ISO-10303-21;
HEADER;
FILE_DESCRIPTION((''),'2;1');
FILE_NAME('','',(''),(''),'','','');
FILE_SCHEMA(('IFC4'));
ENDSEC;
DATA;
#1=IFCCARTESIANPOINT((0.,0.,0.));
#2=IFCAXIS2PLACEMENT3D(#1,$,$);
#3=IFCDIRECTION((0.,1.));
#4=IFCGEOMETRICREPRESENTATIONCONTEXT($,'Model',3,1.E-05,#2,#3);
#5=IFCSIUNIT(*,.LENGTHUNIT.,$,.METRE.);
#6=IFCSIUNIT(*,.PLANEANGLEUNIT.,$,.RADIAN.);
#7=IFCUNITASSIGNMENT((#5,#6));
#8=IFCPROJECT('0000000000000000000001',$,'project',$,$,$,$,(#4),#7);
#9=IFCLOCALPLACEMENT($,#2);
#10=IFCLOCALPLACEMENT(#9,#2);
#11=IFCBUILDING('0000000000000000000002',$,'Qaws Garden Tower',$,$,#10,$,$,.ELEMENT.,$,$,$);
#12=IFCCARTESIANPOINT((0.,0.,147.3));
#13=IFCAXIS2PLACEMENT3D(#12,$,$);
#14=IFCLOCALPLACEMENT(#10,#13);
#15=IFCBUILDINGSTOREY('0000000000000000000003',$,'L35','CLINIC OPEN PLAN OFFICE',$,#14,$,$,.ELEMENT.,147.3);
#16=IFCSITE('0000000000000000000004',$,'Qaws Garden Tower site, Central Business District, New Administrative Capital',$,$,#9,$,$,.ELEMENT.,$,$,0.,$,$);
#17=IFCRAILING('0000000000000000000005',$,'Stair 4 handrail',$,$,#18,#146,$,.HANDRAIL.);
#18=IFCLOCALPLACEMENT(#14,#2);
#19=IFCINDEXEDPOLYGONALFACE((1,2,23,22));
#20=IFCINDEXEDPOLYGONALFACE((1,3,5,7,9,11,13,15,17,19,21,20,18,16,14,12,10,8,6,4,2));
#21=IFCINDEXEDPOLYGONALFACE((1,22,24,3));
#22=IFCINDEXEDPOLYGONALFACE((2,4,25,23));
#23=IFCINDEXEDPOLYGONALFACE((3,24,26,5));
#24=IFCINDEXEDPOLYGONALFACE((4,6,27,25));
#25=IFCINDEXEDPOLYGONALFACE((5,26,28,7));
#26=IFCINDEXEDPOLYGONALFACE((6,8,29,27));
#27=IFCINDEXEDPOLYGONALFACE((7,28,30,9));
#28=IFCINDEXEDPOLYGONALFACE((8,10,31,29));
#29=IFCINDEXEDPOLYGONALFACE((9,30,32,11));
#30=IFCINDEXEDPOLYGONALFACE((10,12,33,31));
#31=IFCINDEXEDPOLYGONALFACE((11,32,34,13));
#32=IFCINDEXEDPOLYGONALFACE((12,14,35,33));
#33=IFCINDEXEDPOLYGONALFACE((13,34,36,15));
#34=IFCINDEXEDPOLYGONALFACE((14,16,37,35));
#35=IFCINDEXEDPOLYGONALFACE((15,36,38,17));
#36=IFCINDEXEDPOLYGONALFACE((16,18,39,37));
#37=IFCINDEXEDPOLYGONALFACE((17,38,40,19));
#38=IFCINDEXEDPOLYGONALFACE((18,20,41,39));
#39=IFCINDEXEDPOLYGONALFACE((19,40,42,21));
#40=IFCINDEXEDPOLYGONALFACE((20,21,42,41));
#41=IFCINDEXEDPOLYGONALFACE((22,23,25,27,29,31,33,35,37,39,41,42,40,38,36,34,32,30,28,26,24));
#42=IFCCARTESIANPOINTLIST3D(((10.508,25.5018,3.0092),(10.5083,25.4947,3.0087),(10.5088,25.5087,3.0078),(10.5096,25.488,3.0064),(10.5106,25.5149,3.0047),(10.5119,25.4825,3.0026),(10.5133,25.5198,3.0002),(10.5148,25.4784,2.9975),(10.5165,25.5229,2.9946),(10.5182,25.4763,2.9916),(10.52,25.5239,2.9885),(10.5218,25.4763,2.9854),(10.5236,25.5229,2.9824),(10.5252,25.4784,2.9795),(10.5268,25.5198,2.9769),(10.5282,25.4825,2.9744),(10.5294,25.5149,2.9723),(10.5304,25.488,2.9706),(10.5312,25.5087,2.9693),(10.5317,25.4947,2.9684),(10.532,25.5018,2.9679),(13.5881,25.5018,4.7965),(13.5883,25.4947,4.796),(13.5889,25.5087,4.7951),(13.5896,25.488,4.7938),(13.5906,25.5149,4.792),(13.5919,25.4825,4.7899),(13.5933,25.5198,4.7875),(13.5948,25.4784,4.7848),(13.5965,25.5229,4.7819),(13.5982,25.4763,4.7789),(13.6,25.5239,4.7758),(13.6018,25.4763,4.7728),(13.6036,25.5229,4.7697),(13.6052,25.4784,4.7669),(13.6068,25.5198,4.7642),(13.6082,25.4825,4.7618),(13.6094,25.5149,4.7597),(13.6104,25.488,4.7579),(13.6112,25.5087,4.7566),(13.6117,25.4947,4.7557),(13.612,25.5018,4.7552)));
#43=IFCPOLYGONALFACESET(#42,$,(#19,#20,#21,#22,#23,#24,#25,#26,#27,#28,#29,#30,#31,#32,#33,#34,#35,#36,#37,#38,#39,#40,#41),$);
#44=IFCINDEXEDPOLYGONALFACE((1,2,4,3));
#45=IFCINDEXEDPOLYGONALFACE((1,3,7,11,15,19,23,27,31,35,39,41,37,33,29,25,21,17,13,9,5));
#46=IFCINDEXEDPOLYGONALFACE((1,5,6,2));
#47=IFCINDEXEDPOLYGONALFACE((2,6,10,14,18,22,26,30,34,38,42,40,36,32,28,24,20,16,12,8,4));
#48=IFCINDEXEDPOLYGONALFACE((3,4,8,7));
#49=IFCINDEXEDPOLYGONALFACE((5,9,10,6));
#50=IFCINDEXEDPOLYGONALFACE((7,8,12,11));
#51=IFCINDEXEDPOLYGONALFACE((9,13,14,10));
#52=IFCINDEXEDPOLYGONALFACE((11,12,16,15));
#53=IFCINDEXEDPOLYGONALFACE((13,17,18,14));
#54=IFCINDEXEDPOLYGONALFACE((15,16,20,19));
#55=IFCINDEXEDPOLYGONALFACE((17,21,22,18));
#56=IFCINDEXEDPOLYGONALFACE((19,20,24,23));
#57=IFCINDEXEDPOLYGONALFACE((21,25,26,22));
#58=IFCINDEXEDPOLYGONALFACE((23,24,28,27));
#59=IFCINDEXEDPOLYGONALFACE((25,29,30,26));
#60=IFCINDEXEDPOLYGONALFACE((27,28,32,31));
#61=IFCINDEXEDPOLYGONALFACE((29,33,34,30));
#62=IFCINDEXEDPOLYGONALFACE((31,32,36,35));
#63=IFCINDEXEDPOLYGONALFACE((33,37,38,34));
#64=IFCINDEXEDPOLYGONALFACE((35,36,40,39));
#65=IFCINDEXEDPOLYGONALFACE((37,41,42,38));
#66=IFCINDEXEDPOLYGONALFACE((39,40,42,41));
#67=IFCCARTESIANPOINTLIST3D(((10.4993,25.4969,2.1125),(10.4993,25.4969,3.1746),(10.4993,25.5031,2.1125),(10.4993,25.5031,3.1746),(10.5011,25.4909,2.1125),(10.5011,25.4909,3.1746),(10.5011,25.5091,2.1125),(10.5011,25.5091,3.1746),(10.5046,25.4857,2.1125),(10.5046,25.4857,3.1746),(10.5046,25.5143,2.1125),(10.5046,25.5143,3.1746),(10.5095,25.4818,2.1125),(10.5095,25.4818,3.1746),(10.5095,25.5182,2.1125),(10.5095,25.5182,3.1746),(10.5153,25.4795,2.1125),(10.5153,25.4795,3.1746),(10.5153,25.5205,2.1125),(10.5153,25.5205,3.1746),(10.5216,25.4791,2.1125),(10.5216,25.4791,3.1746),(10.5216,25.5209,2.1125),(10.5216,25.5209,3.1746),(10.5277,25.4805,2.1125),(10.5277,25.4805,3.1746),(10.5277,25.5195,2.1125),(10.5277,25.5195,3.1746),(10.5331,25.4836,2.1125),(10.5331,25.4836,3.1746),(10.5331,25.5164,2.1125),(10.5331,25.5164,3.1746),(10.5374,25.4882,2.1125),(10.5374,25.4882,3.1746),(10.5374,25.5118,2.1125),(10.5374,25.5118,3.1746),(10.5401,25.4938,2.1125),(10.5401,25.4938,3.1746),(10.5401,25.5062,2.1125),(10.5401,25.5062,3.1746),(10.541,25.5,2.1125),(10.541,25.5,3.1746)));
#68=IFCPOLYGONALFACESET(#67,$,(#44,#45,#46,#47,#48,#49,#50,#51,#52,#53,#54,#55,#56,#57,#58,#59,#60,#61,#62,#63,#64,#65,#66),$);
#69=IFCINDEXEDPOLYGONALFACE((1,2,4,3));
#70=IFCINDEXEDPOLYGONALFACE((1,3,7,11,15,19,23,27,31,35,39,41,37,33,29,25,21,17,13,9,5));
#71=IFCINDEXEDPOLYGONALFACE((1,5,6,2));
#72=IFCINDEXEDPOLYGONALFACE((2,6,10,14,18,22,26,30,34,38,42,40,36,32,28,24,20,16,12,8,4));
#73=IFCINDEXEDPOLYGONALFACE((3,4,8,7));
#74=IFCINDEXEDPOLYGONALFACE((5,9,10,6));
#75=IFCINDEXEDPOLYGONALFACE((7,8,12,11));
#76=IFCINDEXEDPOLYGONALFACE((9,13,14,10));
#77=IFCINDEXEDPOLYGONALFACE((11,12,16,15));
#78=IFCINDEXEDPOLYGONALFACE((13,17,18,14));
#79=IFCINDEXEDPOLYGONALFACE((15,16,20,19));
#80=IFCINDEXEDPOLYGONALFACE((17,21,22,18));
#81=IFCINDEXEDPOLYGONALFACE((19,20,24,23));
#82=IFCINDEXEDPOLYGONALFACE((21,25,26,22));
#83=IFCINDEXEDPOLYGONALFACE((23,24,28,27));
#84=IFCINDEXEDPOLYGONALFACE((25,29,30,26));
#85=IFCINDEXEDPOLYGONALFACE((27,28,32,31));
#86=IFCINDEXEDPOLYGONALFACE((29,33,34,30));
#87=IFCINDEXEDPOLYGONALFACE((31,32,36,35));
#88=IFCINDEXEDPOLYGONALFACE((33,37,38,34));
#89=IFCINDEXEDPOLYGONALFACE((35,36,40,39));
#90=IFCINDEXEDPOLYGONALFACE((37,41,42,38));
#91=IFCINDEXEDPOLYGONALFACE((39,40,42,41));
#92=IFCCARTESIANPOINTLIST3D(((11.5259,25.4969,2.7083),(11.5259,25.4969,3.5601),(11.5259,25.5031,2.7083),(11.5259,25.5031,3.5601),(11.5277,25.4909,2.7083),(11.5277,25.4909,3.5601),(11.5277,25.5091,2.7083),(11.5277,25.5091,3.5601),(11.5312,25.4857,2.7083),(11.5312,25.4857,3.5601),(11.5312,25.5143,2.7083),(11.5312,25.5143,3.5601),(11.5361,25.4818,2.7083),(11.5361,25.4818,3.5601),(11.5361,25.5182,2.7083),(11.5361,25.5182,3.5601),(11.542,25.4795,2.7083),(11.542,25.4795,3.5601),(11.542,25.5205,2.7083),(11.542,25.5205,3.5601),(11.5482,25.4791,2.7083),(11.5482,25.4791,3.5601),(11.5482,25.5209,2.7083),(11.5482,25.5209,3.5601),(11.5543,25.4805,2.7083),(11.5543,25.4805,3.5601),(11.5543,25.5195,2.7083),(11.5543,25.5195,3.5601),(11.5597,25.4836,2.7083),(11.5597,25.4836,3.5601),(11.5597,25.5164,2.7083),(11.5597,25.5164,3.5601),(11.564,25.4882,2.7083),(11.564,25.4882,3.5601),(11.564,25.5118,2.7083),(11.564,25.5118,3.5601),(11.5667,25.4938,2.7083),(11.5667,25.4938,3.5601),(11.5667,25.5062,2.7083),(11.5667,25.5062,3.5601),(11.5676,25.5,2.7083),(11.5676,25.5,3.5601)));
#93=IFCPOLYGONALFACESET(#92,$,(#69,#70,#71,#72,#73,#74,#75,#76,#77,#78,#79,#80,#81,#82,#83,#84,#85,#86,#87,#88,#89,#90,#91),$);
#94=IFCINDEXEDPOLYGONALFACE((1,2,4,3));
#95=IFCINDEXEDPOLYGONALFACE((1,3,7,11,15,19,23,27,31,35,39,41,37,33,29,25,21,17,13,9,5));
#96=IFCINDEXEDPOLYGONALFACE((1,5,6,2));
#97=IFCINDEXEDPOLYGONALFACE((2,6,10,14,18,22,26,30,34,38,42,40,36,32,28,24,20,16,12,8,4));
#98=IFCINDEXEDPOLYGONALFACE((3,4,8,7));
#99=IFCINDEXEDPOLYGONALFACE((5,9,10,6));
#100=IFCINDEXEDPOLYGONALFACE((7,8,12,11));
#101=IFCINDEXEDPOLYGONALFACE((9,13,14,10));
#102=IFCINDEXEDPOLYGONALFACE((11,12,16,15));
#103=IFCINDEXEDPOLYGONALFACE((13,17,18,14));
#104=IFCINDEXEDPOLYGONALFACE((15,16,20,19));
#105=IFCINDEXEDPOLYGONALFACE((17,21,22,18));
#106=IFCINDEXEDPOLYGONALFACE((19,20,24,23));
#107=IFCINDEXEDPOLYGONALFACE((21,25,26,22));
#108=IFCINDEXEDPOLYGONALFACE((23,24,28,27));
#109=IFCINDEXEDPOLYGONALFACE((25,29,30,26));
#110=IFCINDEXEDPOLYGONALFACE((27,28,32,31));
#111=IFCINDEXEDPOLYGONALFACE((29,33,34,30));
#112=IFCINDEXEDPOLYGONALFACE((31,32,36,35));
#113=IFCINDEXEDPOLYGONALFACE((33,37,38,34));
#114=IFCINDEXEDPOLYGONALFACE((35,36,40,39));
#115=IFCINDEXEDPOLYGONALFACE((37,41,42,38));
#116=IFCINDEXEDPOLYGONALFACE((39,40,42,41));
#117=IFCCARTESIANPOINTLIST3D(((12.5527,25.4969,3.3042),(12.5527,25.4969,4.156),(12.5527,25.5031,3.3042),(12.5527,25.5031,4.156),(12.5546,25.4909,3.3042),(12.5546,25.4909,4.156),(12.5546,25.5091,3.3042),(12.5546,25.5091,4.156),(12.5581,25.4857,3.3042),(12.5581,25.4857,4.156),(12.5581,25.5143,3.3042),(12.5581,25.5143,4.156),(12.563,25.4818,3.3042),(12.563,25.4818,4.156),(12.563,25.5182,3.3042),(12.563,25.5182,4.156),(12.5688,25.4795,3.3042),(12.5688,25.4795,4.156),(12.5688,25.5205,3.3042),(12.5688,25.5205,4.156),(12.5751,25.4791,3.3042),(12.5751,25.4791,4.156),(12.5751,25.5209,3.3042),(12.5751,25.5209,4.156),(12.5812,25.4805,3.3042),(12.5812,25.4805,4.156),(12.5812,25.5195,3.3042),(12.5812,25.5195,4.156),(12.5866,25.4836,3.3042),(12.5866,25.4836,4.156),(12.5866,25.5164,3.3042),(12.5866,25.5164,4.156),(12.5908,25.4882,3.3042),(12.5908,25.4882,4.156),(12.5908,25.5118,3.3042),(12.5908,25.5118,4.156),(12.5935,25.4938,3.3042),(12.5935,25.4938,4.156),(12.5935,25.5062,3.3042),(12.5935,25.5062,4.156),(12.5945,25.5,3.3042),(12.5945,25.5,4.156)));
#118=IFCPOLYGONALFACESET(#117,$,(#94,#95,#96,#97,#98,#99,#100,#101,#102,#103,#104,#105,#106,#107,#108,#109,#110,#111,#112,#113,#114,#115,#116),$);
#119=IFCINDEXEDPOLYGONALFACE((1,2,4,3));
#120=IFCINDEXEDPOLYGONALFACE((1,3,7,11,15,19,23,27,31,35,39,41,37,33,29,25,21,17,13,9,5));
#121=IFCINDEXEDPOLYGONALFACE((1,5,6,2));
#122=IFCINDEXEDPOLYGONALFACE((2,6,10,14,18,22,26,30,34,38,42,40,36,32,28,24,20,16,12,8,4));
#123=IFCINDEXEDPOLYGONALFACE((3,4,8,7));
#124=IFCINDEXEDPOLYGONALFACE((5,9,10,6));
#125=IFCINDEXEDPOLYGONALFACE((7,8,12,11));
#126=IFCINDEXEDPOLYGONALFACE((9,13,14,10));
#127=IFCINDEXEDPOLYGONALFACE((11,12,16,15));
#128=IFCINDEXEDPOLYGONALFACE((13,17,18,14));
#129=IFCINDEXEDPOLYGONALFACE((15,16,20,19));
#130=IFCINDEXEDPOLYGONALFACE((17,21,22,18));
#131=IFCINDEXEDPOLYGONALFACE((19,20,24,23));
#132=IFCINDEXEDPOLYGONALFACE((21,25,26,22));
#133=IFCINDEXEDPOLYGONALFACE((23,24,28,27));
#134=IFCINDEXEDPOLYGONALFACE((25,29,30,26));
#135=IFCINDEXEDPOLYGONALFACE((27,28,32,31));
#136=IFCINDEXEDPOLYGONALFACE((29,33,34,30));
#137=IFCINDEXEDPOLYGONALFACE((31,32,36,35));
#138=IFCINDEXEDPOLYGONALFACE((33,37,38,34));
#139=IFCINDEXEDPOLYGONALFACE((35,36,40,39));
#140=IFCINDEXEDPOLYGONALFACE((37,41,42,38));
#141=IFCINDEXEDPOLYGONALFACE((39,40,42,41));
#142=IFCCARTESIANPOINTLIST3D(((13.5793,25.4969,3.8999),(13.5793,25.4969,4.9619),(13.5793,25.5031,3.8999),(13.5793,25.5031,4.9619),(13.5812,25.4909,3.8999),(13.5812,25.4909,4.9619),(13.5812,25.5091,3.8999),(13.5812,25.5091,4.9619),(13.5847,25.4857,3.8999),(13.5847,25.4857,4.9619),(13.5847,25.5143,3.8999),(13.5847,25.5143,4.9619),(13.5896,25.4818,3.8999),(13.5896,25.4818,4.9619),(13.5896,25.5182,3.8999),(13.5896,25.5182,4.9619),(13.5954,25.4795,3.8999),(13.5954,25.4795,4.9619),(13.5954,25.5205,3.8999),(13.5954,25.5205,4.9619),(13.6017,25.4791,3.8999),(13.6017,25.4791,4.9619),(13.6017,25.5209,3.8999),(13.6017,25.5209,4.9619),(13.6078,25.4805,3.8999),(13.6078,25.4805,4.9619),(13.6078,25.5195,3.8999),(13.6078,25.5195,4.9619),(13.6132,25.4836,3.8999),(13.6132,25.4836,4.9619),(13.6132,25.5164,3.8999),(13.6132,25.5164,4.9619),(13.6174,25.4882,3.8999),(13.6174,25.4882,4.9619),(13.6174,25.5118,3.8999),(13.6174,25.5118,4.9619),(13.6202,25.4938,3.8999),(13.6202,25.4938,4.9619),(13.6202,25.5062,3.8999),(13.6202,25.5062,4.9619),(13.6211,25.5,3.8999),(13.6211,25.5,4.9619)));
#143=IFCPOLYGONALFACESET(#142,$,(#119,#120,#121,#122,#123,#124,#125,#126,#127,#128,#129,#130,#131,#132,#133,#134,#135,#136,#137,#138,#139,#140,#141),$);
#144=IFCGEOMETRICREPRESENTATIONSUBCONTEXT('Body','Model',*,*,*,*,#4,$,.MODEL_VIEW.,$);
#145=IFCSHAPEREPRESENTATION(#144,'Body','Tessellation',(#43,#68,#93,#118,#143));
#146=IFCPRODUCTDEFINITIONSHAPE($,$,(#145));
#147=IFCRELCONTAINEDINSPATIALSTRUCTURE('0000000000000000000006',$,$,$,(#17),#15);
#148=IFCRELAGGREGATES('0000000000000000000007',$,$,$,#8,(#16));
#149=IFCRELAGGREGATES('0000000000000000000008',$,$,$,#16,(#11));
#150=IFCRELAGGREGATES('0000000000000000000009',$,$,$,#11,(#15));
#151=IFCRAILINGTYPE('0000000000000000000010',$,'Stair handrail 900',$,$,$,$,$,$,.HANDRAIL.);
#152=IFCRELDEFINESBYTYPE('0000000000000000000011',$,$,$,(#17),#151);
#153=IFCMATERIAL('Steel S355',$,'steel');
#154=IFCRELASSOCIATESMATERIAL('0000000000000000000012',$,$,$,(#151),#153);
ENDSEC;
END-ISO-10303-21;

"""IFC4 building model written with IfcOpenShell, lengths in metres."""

from ifc_helpers import new_model, si_unit, direction, frame, origin, origin_2d, place, context, subcontext, project, spatial, circle, extrude, material, type_object, element, save


model = new_model("IFC4")

# Units and contexts
model_context = context("Model", 3, precision=1e-05, world=origin(), true_north=direction((0.0, 1.0)))
body_context = subcontext(model_context, "Body", "Model", "MODEL_VIEW")
ifc_project = project(units=[si_unit("LENGTHUNIT", "METRE"), si_unit("PLANEANGLEUNIT", "RADIAN")], contexts=[model_context])

# Site, building, storey
site_placement = place(None, origin())
site = spatial("IfcSite", under=ifc_project, at=site_placement, Name="Qaws Garden Tower site, Central Business District, New Administrative Capital", CompositionType="ELEMENT", RefElevation=0.0)
building_placement = place(site_placement, origin())
building = spatial("IfcBuilding", under=site, at=building_placement, Name="Qaws Garden Tower", CompositionType="ELEMENT")
storey_placement = place(building_placement, frame((0.0, 0.0, 147.3)))
storey = spatial("IfcBuildingStorey", under=building, at=storey_placement, Name="L35", Description="CLINIC OPEN PLAN OFFICE", CompositionType="ELEMENT", Elevation=147.3)

# Railing
ifc_material_1 = material(Name="Steel S355", Category="steel")
railing_type = type_object("IfcRailingType", Name="Stair handrail 900", PredefinedType="HANDRAIL", material=ifc_material_1)
railing_1_placement = place(storey_placement, frame((10.52, 25.5, 2.1125)))
element("IfcRailing", 1, at=railing_1_placement, inside=storey, type_object=railing_type, Name="Stair 4 handrail", PredefinedType="HANDRAIL", context=body_context, shape_type="SweptSolid", body=[
    extrude(circle(Radius=0.0239, at=origin_2d()), frame((0.0, 0.0, 0.876), z_axis=(0.86492, 0.0, 0.501909), x_axis=(0.0, 1.0, 0.0)), (0.0, 0.0, 1.0), 3.561),
    extrude(circle(Radius=0.021, at=origin_2d()), origin(), (0.0, 0.0, 1.0), 1.062),
    extrude(circle(Radius=0.021, at=origin_2d()), frame((1.0266, 0.0, 0.5957)), (0.0, 0.0, 1.0), 0.8518),
    extrude(circle(Radius=0.021, at=origin_2d()), frame((2.0535, 0.0, 1.1917)), (0.0, 0.0, 1.0), 0.8518),
    extrude(circle(Radius=0.021, at=origin_2d()), frame((3.0801, 0.0, 1.7874)), (0.0, 0.0, 1.0), 1.062),
])

save(model, "model.ifc")
